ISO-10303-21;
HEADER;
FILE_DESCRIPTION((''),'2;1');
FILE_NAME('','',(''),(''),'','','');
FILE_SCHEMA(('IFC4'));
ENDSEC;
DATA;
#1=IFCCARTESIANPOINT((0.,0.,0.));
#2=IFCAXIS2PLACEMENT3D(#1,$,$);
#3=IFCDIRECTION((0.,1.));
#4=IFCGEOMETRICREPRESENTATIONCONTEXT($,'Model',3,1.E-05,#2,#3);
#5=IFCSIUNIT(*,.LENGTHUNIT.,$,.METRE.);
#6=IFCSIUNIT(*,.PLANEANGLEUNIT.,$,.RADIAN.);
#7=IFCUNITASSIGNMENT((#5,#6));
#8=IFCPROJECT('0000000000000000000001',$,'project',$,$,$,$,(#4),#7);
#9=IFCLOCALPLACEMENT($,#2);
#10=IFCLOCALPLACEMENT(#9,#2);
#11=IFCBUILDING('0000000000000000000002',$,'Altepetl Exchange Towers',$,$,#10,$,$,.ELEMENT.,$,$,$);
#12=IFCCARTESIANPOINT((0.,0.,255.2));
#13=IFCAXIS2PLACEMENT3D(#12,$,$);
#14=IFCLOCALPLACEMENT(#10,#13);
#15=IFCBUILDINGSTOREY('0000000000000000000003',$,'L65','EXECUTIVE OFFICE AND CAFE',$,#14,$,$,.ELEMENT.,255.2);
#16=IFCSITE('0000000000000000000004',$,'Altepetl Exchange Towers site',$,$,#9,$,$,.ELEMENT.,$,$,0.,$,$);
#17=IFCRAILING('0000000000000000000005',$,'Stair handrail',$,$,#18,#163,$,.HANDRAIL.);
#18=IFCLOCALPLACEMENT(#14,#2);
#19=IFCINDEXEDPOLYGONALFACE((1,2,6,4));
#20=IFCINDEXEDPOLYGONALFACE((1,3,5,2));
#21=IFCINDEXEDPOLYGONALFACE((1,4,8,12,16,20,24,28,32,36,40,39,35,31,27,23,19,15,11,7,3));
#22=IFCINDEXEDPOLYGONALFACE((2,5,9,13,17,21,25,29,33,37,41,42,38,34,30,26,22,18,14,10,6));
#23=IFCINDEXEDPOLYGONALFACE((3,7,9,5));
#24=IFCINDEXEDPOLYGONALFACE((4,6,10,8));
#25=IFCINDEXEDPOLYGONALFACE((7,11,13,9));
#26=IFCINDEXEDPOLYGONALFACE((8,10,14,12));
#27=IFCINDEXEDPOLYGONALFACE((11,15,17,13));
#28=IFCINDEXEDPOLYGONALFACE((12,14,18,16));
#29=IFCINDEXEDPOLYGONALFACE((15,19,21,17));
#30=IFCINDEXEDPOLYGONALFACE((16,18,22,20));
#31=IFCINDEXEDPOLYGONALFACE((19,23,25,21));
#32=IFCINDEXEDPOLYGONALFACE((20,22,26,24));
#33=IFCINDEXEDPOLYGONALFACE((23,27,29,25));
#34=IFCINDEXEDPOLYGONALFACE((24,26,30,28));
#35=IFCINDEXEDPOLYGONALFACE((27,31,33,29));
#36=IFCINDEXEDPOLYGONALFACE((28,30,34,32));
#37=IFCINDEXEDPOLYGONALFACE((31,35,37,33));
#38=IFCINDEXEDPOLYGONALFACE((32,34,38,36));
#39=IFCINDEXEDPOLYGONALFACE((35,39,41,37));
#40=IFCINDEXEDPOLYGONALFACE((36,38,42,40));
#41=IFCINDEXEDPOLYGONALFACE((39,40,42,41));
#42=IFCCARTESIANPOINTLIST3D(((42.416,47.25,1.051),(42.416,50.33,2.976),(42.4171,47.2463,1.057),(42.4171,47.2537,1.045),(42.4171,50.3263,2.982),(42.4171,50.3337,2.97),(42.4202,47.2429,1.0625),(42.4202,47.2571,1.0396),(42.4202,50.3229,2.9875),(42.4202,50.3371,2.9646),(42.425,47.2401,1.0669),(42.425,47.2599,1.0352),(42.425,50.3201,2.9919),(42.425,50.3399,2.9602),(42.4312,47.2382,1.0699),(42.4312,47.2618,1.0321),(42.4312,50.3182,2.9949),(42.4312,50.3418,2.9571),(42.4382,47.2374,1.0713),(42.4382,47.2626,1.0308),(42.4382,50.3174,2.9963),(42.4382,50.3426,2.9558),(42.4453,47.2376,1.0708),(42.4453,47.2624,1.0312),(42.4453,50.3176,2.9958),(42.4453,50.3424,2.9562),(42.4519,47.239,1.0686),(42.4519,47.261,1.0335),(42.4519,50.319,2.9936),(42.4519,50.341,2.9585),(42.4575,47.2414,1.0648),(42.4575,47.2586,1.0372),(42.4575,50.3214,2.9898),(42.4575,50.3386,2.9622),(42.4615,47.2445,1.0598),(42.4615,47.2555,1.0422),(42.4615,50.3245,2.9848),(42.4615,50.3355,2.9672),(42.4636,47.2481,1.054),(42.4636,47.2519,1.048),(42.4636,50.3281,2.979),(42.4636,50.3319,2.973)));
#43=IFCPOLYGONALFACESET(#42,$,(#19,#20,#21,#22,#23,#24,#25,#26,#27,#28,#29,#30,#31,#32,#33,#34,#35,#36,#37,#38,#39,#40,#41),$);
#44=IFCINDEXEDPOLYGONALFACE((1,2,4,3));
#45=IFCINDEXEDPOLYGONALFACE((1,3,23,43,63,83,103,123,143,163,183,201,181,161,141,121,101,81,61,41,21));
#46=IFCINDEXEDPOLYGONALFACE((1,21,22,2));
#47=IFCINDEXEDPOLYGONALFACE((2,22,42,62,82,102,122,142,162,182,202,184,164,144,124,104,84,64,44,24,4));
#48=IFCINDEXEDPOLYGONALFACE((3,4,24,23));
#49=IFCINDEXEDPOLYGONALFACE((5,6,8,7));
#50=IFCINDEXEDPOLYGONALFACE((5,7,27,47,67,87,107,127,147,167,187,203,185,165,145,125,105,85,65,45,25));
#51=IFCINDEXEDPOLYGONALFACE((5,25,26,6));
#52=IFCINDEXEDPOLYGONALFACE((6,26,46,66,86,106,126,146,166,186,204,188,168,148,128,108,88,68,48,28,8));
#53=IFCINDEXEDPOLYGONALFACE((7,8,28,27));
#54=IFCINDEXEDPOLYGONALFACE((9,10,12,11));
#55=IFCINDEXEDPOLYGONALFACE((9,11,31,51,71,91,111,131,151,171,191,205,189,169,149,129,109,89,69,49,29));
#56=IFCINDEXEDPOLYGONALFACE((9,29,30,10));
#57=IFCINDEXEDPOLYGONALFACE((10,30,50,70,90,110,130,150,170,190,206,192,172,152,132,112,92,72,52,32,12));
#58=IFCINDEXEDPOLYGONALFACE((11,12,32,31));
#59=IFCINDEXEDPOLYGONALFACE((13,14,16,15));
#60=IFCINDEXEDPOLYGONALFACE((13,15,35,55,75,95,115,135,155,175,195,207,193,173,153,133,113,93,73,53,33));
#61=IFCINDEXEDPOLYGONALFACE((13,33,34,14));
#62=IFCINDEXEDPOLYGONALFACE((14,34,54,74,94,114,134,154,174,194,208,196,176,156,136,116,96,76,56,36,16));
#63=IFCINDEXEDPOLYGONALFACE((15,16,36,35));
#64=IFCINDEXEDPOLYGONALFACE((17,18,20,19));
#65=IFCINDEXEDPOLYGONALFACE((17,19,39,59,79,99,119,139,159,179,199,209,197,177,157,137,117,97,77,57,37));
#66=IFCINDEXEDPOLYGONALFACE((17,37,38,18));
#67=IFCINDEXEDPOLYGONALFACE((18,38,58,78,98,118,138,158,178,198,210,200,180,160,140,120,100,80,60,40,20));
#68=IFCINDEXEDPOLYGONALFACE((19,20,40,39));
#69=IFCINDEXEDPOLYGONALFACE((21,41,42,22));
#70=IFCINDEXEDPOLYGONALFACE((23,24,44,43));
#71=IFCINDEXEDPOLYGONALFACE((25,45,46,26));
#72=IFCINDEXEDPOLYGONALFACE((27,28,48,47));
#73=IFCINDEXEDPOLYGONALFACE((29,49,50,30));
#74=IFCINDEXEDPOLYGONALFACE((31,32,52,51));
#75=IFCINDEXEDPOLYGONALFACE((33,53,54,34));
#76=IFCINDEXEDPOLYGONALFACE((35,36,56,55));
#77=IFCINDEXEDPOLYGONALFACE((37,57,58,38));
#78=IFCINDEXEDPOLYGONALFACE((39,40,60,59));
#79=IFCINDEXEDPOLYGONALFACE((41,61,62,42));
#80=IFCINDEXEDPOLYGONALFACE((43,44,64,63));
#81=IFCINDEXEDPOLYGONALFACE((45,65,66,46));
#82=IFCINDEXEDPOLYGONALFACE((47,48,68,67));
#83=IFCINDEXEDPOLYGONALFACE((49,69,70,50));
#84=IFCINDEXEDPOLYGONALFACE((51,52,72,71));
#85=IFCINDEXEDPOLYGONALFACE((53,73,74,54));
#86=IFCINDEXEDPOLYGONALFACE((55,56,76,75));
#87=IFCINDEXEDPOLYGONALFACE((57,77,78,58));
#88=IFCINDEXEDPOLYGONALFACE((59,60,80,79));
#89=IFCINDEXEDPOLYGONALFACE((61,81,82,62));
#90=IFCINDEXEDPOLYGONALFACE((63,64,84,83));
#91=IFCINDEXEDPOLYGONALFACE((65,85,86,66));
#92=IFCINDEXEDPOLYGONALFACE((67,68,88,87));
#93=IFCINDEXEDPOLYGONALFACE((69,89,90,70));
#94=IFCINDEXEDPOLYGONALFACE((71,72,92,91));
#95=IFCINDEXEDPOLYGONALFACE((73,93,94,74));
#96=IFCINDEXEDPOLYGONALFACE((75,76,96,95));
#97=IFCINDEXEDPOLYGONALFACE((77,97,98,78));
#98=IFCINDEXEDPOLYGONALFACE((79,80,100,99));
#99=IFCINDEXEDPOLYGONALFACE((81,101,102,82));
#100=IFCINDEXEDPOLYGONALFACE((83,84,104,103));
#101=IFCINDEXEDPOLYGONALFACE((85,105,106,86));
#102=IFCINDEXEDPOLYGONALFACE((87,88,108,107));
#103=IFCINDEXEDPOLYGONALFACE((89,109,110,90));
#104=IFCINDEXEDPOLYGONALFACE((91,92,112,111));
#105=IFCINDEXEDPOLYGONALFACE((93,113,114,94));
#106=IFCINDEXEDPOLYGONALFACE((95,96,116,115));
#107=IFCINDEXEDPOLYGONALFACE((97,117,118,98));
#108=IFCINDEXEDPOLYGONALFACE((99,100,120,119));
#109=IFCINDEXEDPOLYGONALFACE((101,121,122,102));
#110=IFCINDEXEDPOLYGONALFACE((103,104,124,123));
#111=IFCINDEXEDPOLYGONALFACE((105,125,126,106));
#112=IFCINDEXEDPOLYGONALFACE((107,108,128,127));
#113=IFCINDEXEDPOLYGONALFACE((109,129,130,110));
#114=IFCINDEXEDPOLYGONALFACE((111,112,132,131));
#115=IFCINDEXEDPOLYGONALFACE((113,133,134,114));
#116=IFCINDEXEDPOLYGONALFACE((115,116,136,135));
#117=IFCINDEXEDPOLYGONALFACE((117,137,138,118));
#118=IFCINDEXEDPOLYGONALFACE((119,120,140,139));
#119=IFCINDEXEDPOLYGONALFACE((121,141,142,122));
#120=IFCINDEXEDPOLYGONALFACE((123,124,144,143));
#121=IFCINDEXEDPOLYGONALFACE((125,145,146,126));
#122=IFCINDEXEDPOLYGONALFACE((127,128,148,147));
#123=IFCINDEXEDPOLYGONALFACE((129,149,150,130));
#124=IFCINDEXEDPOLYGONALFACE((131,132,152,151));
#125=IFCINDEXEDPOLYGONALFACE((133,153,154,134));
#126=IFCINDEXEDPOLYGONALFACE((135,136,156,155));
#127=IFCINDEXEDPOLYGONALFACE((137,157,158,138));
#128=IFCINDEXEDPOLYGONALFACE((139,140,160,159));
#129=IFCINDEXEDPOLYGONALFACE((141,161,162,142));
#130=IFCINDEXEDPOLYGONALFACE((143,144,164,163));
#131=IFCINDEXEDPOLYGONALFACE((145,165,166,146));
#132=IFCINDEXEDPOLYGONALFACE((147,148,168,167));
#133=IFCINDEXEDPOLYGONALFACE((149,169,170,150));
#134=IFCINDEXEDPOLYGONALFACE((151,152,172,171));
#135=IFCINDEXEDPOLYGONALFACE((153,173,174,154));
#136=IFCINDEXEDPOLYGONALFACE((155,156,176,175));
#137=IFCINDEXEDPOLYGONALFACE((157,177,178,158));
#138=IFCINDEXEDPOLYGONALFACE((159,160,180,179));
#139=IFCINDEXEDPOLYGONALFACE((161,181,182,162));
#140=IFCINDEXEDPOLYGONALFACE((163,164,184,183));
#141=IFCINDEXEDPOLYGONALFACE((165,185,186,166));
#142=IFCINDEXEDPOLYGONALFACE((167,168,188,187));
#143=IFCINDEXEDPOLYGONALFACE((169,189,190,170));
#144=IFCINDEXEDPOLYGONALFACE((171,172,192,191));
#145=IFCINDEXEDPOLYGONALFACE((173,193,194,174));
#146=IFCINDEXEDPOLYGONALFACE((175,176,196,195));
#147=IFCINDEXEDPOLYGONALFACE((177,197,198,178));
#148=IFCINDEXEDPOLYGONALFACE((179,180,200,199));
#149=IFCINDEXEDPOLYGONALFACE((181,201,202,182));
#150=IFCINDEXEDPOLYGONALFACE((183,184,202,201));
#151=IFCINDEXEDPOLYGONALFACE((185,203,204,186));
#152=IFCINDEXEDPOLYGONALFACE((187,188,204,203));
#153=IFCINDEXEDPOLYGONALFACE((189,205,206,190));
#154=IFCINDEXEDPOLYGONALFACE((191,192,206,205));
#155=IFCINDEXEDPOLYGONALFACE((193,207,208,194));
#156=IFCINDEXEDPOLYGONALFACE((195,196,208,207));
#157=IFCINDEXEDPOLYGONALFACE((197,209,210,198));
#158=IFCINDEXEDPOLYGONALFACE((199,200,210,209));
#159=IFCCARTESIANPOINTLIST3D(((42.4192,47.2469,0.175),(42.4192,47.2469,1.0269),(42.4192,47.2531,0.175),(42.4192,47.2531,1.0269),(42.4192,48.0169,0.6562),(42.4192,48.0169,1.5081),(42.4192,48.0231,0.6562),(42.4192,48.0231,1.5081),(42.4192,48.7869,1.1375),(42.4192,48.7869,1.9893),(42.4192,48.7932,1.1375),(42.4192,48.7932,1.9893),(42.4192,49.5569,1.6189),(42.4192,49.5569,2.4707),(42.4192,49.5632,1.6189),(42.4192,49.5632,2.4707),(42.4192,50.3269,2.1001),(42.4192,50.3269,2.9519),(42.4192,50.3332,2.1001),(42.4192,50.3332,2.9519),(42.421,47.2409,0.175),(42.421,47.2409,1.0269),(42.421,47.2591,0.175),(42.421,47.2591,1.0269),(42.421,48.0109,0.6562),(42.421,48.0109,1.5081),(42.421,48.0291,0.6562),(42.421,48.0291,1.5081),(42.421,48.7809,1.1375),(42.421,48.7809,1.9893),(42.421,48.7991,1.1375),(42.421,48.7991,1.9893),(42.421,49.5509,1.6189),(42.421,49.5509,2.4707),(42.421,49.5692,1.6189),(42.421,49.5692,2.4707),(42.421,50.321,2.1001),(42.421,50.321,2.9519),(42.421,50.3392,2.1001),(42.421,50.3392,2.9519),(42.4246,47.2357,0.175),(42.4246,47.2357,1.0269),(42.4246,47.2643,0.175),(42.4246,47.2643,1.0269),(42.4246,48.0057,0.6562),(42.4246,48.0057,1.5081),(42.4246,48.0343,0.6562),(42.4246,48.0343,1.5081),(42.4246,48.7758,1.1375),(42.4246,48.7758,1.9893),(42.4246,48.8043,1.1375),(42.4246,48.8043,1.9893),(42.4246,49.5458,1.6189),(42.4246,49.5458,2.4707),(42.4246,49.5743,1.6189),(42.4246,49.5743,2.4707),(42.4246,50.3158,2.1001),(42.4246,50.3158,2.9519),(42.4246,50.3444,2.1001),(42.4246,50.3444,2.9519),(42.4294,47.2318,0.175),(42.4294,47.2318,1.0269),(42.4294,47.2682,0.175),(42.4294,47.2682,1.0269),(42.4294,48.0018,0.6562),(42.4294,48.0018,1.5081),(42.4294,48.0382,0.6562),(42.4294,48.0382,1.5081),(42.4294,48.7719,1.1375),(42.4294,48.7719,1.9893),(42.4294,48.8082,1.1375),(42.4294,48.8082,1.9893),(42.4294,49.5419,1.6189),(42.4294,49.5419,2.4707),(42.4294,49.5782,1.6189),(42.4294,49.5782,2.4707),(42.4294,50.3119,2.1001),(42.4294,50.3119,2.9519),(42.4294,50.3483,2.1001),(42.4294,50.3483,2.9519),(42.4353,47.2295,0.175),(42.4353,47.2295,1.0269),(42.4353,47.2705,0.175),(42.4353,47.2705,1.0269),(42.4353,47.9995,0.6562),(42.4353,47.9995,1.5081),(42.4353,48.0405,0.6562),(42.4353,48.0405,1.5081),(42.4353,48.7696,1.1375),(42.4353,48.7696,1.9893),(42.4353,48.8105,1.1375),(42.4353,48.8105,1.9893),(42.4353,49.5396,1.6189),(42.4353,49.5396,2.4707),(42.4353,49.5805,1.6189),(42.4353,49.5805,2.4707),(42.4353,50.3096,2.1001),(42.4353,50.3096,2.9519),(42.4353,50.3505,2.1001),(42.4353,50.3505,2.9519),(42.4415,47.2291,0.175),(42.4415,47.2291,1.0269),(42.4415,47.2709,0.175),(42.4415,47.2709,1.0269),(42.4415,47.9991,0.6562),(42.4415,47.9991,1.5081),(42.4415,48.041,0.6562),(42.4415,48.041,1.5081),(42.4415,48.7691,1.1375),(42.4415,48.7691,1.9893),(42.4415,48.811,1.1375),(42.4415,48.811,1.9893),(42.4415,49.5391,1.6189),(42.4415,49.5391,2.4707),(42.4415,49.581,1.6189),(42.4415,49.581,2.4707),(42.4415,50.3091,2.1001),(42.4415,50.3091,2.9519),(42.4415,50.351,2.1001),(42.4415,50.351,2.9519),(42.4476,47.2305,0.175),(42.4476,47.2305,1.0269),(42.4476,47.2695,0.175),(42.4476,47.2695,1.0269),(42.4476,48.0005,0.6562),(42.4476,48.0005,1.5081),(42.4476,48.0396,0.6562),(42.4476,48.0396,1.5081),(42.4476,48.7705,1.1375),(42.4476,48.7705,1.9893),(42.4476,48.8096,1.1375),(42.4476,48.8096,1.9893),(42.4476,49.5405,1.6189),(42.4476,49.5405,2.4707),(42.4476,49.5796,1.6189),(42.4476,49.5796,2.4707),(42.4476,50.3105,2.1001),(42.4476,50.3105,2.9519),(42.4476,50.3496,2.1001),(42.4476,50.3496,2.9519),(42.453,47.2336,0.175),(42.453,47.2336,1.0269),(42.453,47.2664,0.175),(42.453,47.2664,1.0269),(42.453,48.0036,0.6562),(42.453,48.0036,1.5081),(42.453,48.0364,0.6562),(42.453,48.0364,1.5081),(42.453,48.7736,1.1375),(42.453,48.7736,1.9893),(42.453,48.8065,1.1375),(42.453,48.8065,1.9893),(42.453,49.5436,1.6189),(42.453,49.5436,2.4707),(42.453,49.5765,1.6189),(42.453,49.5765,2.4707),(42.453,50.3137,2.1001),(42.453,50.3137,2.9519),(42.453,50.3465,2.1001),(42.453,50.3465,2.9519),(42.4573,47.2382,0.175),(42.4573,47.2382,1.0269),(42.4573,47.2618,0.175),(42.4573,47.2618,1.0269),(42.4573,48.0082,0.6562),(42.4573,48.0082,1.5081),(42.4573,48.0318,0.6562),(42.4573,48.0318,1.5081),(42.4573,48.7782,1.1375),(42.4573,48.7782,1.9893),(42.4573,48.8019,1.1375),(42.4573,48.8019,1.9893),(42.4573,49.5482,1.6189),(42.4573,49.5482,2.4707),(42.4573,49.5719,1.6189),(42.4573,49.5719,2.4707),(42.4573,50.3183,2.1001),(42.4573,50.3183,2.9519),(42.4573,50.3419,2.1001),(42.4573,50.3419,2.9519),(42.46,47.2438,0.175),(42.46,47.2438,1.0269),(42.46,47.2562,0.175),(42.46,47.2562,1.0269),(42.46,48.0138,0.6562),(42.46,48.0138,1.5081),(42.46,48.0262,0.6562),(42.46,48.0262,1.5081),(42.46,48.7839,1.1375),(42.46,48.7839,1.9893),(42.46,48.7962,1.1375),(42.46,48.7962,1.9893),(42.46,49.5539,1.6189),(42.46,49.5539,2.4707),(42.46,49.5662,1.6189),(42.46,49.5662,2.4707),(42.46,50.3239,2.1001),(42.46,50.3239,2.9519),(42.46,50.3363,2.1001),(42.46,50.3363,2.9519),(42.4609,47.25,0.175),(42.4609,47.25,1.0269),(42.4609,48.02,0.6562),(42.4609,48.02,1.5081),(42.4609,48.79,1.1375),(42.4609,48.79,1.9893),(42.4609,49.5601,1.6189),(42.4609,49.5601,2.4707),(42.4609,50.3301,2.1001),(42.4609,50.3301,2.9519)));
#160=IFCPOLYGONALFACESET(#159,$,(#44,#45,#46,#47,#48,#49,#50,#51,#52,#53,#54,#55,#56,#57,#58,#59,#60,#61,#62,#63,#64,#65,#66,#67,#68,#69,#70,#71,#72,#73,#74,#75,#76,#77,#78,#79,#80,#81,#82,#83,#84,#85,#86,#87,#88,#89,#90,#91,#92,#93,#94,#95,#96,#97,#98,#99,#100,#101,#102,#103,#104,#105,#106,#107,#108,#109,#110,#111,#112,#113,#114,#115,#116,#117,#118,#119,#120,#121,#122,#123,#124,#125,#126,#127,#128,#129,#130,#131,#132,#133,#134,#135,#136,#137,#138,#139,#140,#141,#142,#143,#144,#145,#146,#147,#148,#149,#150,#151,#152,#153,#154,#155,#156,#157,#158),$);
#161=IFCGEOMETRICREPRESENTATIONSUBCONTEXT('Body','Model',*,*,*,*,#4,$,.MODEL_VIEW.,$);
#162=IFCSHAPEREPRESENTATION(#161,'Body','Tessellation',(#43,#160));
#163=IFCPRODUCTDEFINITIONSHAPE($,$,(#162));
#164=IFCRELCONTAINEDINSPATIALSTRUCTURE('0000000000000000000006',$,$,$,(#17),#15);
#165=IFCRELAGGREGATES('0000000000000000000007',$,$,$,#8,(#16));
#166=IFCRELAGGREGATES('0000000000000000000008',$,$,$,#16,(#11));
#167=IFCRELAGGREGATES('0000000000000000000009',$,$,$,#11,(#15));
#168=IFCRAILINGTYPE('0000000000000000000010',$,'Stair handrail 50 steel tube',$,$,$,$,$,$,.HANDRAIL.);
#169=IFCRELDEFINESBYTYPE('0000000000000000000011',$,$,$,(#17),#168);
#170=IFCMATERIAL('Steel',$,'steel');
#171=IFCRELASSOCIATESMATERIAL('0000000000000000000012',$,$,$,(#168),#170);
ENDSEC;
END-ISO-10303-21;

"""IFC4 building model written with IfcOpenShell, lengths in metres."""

from ifc_helpers import new_model, si_unit, direction, frame, origin, origin_2d, place, context, subcontext, project, spatial, circle, extrude, source, transform, mapped, material, type_object, element, save


model = new_model("IFC4")

# Units and contexts
model_context = context("Model", 3, precision=1e-05, world=origin(), true_north=direction((0.0, 1.0)))
body_context = subcontext(model_context, "Body", "Model", "MODEL_VIEW")
ifc_project = project(units=[si_unit("LENGTHUNIT", "METRE"), si_unit("PLANEANGLEUNIT", "RADIAN")], contexts=[model_context])

# Site, building, storey
site_placement = place(None, origin())
site = spatial("IfcSite", under=ifc_project, at=site_placement, Name="Altepetl Exchange Towers site", CompositionType="ELEMENT", RefElevation=0.0)
building_placement = place(site_placement, origin())
building = spatial("IfcBuilding", under=site, at=building_placement, Name="Altepetl Exchange Towers", CompositionType="ELEMENT")
storey_placement = place(building_placement, frame((0.0, 0.0, 255.2)))
storey = spatial("IfcBuildingStorey", under=building, at=storey_placement, Name="L65", Description="EXECUTIVE OFFICE AND CAFE", CompositionType="ELEMENT", Elevation=255.2)

# Railing
ifc_material_1 = material(Name="Steel", Category="steel")
railing_type_1 = type_object("IfcRailingType", Name="Stair handrail 50 steel tube", PredefinedType="HANDRAIL", material=ifc_material_1)
shared_shape_1 = source(origin(), body_context, "Body", "SweptSolid", [
    extrude(circle(Radius=0.021, at=origin_2d()), origin(), (0.0, 0.0, 1.0), 0.8518),
])
railing_1_placement = place(storey_placement, frame((42.4399, 47.25, 0.175)))
element("IfcRailing", 1, at=railing_1_placement, inside=storey, type_object=railing_type_1, Name="Stair handrail", PredefinedType="HANDRAIL", context=body_context, shape_type="SweptSolid", body=[
    extrude(circle(Radius=0.0239, at=origin_2d()), frame((0.0, 0.0, 0.876), z_axis=(0.0, 0.847998, 0.529999), x_axis=(-1.0, 0.0, 0.0)), (0.0, 0.0, 1.0), 3.6321),
    mapped(shared_shape_1, transform((0.0, 0.0, 0.0))),
    mapped(shared_shape_1, transform((0.0, 0.77, 0.4812))),
    mapped(shared_shape_1, transform((0.0, 1.54, 0.9624))),
    mapped(shared_shape_1, transform((0.0, 2.3101, 1.4438))),
    mapped(shared_shape_1, transform((0.0, 3.0801, 1.925))),
])

save(model, "model.ifc")
